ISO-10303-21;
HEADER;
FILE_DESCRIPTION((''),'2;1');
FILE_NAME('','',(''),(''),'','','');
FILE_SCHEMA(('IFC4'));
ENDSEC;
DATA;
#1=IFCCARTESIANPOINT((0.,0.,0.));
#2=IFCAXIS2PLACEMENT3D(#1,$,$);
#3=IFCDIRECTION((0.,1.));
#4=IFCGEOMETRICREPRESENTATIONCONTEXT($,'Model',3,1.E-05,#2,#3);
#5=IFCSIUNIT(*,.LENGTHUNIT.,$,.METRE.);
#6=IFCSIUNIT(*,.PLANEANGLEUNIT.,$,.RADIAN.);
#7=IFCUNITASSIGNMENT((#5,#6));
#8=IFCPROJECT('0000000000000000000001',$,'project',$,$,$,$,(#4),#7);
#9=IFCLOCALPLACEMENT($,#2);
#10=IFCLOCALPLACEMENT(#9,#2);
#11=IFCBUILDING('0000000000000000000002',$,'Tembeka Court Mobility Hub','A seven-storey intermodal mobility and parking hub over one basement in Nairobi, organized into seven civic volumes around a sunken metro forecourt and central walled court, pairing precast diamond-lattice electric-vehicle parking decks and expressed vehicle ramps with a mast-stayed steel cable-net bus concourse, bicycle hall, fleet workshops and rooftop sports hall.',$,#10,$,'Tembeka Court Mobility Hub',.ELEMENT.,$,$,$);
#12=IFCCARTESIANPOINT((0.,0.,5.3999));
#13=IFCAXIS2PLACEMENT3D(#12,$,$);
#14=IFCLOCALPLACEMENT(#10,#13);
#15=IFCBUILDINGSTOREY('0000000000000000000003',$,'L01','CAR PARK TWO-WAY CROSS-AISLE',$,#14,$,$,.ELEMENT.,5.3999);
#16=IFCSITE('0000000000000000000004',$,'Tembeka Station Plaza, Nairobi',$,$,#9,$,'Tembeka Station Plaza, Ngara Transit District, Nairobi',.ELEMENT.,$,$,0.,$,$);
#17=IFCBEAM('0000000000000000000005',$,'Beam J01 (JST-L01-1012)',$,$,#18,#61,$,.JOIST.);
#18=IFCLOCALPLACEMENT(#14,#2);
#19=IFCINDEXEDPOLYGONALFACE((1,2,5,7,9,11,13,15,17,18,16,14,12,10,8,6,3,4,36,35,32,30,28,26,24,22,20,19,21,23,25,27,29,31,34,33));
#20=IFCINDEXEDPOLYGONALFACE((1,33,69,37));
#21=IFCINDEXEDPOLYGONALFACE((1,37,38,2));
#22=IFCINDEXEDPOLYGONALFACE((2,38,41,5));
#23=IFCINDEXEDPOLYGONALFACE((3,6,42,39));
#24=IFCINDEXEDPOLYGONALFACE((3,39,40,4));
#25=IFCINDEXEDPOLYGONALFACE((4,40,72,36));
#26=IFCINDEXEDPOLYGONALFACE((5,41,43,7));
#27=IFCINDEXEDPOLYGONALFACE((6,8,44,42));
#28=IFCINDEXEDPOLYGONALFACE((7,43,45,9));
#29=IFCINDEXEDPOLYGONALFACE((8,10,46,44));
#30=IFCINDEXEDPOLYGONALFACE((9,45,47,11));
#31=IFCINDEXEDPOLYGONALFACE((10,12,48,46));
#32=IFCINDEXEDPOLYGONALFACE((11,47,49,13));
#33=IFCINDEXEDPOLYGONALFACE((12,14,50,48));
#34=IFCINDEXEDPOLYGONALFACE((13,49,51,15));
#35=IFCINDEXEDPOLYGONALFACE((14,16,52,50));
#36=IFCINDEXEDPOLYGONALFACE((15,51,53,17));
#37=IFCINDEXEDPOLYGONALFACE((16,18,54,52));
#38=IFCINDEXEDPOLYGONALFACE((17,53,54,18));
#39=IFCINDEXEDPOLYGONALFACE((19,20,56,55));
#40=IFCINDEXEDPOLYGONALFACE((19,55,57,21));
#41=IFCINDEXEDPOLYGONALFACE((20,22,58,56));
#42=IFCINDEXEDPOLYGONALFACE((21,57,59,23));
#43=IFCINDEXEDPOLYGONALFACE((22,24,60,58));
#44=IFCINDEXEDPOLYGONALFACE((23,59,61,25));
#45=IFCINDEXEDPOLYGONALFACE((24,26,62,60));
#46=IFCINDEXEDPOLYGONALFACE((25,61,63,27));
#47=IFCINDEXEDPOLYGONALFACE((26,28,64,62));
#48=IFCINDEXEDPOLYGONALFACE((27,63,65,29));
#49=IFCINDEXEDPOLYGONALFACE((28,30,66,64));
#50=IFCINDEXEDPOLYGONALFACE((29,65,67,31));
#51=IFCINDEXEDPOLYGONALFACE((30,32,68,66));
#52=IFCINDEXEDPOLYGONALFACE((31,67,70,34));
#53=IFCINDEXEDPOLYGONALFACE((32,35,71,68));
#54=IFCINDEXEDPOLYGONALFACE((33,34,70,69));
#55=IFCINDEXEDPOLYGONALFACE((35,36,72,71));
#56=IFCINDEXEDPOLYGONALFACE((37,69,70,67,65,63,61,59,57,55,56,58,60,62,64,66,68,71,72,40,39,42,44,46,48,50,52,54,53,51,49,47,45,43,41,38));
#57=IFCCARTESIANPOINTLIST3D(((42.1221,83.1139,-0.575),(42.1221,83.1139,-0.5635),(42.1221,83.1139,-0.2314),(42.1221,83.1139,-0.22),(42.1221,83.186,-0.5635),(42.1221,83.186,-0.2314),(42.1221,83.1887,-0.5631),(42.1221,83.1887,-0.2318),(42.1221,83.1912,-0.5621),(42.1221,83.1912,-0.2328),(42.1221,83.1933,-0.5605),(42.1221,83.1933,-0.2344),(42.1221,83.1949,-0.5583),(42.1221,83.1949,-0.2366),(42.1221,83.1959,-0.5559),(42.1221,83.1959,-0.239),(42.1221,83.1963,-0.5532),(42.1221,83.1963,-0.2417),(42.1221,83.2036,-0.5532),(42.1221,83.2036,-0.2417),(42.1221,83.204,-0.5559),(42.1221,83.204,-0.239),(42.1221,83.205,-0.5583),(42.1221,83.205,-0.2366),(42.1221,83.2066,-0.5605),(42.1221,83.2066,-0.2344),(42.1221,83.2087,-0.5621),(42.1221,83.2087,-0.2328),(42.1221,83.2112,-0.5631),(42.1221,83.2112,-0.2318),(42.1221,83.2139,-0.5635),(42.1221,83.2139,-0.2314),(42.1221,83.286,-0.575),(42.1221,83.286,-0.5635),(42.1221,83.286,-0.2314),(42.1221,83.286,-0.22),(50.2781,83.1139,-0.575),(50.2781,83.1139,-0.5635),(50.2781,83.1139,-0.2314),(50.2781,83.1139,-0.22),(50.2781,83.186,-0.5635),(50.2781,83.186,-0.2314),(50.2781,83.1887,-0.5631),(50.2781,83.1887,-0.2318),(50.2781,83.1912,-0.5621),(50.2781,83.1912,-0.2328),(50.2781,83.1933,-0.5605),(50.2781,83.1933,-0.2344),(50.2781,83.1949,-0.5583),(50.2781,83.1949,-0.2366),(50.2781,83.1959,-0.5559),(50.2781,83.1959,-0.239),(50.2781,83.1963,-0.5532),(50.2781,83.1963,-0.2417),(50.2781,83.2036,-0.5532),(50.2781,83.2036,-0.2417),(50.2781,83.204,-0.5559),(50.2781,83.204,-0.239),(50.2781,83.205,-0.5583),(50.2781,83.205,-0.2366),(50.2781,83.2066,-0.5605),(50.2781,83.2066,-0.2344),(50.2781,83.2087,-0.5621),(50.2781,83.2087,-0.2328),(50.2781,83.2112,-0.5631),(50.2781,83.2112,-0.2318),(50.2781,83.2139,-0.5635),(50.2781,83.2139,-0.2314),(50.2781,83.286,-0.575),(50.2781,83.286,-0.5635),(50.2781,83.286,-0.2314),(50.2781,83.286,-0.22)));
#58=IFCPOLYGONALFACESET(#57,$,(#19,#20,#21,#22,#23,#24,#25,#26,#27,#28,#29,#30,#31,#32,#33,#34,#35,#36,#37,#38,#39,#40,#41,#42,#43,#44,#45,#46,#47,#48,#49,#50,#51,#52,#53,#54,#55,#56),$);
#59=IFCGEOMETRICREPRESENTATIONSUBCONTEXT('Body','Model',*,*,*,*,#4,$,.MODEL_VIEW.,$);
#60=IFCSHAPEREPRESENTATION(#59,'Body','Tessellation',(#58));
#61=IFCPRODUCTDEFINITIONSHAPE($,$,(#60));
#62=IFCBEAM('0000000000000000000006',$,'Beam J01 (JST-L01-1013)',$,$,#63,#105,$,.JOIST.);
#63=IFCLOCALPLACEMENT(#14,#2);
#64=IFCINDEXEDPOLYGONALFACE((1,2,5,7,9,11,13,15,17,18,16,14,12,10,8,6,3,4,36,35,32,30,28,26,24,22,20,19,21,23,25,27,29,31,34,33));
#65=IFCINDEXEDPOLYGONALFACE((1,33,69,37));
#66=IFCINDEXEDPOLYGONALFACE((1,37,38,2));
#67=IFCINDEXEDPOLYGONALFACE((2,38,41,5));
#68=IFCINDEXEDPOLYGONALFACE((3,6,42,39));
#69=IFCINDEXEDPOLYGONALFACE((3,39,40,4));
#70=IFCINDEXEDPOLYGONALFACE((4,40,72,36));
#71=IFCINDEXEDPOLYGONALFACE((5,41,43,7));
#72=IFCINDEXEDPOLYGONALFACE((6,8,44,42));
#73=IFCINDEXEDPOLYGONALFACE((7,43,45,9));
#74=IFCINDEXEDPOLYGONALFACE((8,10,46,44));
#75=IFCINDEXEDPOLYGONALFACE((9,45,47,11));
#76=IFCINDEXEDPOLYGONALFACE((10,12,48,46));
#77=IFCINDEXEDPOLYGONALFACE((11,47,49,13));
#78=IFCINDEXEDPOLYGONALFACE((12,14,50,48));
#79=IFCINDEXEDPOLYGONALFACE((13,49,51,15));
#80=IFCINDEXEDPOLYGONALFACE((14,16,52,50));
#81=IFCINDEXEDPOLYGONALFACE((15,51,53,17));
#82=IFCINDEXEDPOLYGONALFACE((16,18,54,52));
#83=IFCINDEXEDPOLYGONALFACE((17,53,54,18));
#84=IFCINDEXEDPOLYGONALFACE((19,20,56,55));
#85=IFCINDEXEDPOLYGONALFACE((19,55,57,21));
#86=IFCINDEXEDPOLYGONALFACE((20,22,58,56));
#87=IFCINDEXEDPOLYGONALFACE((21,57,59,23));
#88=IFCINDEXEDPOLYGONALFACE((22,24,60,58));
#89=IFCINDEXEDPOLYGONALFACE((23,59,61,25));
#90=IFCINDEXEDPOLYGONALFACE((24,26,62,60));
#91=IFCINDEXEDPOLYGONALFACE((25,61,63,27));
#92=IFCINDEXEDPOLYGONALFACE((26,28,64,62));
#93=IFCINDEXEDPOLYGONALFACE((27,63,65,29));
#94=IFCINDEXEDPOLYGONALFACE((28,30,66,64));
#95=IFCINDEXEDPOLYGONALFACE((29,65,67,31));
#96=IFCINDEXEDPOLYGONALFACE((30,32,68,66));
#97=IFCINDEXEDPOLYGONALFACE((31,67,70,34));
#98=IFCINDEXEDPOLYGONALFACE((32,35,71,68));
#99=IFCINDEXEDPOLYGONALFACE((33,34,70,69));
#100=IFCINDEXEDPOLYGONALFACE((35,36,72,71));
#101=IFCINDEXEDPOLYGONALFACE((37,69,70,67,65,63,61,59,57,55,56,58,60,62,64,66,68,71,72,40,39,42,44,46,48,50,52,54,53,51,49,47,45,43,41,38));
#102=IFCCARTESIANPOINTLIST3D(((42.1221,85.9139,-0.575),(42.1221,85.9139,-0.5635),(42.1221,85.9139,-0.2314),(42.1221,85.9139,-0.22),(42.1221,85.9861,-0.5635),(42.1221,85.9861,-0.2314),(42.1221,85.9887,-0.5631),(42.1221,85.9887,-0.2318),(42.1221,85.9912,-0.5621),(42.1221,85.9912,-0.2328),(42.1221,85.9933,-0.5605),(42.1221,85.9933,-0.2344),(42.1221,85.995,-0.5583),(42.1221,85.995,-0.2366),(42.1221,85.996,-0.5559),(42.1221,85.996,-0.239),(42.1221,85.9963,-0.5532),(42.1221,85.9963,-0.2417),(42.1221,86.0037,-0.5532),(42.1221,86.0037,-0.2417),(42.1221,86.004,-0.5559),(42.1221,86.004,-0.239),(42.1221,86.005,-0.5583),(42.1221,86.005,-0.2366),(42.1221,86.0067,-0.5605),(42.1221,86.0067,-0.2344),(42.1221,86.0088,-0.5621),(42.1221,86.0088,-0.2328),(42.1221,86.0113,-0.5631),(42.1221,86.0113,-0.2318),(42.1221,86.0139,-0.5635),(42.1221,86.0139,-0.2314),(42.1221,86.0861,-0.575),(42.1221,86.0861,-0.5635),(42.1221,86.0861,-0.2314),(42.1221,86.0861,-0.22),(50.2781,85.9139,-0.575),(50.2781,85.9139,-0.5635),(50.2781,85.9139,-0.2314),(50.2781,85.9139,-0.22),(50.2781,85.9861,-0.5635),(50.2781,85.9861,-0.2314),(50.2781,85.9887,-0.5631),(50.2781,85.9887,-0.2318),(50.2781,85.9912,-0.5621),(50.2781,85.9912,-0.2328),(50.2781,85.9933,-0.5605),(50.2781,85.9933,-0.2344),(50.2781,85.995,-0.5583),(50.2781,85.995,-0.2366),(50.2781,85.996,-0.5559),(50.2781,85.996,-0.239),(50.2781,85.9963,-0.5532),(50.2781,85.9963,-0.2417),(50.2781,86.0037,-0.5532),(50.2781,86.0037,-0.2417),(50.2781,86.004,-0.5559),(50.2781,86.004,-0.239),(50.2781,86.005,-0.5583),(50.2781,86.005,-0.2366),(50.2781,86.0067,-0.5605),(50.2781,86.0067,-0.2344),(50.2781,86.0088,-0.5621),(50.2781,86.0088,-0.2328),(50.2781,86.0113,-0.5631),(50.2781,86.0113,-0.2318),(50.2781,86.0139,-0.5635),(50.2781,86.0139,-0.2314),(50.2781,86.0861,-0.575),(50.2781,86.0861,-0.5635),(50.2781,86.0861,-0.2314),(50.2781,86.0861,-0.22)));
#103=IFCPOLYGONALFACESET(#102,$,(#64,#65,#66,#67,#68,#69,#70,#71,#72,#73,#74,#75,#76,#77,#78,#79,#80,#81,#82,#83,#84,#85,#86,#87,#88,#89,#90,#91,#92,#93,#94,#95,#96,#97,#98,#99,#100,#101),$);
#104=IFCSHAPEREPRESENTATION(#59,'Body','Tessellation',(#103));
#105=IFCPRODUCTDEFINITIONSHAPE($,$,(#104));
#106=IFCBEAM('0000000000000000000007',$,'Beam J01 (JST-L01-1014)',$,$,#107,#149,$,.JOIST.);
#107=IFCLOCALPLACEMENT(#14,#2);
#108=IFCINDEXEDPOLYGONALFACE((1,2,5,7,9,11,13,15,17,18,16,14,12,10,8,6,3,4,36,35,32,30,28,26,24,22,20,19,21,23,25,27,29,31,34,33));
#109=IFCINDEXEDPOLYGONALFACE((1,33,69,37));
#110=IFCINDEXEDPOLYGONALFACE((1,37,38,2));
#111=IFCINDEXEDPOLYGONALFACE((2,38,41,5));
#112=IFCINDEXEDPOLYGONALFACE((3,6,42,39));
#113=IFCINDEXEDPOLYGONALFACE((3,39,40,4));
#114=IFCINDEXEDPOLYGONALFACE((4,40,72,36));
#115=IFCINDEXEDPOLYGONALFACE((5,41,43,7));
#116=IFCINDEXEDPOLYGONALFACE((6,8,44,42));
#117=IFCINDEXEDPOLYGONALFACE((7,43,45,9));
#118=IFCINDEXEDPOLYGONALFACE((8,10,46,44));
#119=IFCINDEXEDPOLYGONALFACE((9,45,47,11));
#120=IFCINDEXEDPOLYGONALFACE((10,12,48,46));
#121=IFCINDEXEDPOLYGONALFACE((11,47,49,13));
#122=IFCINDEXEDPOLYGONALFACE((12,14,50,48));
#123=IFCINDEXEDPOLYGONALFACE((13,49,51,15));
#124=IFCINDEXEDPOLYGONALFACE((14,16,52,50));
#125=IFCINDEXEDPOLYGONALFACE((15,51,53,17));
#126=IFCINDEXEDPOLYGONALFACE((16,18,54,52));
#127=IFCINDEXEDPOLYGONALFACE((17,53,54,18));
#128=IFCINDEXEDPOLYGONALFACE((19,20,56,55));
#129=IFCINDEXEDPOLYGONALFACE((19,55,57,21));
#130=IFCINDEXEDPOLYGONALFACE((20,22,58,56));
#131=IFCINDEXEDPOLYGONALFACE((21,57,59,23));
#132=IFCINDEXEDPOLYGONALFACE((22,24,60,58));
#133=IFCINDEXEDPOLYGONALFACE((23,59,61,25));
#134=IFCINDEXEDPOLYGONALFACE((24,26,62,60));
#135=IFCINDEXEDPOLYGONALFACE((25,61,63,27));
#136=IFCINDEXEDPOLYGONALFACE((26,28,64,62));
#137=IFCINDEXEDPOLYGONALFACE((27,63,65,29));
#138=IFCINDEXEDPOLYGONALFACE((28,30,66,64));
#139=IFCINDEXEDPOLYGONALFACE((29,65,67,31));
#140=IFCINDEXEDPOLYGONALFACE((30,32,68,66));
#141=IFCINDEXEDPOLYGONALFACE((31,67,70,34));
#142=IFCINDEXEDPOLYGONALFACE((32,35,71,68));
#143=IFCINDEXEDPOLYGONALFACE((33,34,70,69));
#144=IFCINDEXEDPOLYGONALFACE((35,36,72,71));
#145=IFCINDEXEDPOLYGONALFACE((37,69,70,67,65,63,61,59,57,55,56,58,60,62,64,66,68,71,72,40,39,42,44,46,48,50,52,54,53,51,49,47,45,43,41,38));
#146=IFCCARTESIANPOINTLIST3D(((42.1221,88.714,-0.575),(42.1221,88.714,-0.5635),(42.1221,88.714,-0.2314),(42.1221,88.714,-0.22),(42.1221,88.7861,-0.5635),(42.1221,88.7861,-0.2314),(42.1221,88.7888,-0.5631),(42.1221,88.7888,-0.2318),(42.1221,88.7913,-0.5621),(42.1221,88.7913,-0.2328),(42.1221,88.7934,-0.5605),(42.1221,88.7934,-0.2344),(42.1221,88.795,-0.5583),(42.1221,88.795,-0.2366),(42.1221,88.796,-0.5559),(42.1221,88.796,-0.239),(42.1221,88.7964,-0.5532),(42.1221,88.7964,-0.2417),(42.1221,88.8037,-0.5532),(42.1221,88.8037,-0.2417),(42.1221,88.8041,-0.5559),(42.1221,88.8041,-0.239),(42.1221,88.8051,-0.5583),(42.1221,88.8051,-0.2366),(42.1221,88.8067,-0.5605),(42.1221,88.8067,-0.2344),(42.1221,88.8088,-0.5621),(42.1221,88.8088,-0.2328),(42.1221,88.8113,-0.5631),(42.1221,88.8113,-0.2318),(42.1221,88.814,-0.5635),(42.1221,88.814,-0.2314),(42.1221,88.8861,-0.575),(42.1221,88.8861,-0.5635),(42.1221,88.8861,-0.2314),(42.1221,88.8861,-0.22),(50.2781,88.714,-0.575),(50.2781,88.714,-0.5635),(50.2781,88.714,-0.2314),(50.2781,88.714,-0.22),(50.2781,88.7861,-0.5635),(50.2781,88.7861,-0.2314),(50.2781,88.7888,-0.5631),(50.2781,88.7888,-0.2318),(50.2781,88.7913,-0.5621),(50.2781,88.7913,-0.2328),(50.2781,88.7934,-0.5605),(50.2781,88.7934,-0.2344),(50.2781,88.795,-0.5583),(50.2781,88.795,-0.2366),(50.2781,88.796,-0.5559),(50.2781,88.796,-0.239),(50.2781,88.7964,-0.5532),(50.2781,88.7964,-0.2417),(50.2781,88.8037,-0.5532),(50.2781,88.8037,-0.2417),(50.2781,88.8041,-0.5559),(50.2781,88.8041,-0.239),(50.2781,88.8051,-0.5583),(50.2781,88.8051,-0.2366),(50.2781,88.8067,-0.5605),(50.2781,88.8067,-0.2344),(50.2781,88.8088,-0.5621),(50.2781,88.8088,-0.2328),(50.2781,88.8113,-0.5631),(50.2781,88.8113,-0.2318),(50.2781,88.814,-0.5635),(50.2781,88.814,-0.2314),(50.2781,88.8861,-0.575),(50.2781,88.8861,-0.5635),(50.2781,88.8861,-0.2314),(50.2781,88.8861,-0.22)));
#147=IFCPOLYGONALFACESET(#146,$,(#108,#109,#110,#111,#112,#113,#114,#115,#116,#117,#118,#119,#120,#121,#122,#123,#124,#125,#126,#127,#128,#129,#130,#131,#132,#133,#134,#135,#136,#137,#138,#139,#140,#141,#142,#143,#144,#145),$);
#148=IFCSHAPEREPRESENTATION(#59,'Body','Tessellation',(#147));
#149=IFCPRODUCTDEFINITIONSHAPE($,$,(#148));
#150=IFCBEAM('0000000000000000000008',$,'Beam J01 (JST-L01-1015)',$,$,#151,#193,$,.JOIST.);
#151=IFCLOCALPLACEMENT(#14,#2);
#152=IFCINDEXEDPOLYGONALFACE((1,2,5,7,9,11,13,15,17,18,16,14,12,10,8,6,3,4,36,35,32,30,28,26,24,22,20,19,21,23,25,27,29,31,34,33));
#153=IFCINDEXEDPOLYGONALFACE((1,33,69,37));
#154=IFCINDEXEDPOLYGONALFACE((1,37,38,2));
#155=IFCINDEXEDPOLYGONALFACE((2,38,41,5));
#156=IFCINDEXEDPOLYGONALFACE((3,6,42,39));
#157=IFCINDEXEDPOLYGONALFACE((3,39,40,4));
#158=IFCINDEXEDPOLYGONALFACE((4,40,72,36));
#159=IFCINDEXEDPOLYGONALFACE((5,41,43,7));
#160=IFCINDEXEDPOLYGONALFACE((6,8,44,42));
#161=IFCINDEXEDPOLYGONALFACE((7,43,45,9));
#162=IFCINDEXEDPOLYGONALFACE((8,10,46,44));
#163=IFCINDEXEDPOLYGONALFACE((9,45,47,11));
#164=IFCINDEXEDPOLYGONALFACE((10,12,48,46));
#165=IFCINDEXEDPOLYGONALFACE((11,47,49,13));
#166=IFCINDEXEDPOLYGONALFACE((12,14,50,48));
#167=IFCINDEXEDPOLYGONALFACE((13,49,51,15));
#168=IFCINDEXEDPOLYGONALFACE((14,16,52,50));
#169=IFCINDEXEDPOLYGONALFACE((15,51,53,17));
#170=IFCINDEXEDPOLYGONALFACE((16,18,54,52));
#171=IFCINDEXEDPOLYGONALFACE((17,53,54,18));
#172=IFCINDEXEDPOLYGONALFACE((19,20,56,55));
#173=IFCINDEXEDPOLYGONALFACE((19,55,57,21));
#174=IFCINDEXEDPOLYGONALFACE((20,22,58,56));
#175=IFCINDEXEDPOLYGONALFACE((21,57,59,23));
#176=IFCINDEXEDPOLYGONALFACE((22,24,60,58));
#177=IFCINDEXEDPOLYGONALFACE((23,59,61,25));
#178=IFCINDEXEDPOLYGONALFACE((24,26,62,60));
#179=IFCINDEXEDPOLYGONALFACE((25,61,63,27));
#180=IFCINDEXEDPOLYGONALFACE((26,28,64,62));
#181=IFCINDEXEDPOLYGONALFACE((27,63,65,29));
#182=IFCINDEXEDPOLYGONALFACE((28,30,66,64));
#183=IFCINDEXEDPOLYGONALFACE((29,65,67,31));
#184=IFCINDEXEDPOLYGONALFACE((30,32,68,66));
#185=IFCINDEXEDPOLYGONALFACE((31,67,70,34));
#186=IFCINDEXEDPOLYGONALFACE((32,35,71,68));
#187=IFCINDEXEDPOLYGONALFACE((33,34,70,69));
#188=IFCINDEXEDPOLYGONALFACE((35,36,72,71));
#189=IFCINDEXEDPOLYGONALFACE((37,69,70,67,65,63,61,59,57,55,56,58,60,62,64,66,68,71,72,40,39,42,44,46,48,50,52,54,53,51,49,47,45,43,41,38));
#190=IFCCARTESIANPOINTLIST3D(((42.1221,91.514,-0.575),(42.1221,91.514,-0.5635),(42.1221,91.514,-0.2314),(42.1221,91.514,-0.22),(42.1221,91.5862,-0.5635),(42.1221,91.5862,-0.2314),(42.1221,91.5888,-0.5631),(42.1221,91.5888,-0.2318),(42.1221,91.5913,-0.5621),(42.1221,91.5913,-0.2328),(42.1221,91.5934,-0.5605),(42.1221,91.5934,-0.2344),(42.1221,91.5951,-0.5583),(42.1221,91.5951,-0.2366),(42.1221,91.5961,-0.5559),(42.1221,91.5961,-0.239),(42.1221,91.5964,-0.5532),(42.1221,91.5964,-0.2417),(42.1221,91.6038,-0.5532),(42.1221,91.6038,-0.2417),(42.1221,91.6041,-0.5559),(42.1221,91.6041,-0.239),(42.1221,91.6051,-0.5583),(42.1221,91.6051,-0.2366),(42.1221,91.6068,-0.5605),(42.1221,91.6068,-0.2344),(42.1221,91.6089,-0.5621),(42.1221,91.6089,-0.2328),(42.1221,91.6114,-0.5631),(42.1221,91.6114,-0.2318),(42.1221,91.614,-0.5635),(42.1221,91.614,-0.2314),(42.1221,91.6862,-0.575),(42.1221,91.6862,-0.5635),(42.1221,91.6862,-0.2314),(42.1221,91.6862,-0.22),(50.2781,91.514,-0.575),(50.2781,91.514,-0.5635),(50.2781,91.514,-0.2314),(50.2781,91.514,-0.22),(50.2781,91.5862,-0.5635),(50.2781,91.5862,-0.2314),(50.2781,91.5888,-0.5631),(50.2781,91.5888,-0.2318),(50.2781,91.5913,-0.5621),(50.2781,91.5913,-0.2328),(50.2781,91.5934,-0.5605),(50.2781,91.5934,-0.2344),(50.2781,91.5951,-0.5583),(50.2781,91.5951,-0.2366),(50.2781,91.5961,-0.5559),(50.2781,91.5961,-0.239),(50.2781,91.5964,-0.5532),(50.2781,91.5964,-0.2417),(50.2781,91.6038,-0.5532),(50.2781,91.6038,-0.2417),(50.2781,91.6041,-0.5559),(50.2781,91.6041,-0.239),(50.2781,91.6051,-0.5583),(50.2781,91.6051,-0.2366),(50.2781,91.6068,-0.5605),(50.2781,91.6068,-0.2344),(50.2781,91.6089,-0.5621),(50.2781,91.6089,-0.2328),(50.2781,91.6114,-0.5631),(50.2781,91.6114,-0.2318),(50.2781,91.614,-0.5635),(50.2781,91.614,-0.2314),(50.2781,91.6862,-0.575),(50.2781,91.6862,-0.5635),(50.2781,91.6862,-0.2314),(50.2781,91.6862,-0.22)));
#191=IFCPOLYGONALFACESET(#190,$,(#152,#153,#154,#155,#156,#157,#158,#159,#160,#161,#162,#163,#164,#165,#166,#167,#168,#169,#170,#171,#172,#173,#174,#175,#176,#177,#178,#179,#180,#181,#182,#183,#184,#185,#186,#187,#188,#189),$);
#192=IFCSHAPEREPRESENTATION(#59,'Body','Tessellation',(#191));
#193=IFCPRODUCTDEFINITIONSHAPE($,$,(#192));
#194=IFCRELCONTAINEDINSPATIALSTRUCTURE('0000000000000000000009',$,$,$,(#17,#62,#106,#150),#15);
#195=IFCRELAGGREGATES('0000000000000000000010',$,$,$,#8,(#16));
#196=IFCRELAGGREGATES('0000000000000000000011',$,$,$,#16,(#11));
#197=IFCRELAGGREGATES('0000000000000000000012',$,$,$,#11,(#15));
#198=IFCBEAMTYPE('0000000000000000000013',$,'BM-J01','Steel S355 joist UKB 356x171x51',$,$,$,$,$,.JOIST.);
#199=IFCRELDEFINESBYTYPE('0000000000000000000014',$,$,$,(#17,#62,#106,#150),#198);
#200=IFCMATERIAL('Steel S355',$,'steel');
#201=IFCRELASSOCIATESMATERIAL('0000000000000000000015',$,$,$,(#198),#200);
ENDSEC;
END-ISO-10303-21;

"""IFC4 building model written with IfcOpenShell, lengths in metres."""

from ifc_helpers import new_model, si_unit, direction, frame, origin, origin_2d, place, context, subcontext, project, spatial, i_section, extrude, material, material_profile, profile_set, type_object, element, save


model = new_model("IFC4")

# Units and contexts
model_context = context("Model", 3, precision=1e-05, world=origin(), true_north=direction((0.0, 1.0)))
body_context = subcontext(model_context, "Body", "Model", "MODEL_VIEW")
ifc_project = project(units=[si_unit("LENGTHUNIT", "METRE"), si_unit("PLANEANGLEUNIT", "RADIAN")], contexts=[model_context])

# Site, building, storey
site_placement = place(None, origin())
site = spatial("IfcSite", under=ifc_project, at=site_placement, Name="Tembeka Station Plaza, Nairobi", LongName="Tembeka Station Plaza, Ngara Transit District, Nairobi", CompositionType="ELEMENT", RefElevation=0.0)
building_placement = place(site_placement, origin())
building = spatial("IfcBuilding", under=site, at=building_placement, Name="Tembeka Court Mobility Hub", Description="A seven-storey intermodal mobility and parking hub over one basement in Nairobi, organized into seven civic volumes around a sunken metro forecourt and central walled court, pairing precast diamond-lattice electric-vehicle parking decks and expressed vehicle ramps with a mast-stayed steel cable-net bus concourse, bicycle hall, fleet workshops and rooftop sports hall.", LongName="Tembeka Court Mobility Hub", CompositionType="ELEMENT")
storey_placement = place(building_placement, frame((0.0, 0.0, 5.3999)))
storey = spatial("IfcBuildingStorey", under=building, at=storey_placement, Name="L01", Description="CAR PARK TWO-WAY CROSS-AISLE", CompositionType="ELEMENT", Elevation=5.3999)

# Shared definitions
ifc_material = material(Name="Steel S355", Category="steel")

# Beams
ifc_material_profile_1 = material_profile(ifc_material, i_section(OverallWidth=0.1721, OverallDepth=0.355, WebThickness=0.0073, FlangeThickness=0.0115, FilletRadius=0.0103, at=origin_2d()), Name="UKB 356x171x51")
ifc_profile_set_1 = profile_set([ifc_material_profile_1], Name="Steel S355")
beam_type_1 = type_object("IfcBeamType", Name="BM-J01", Description="Steel S355 joist UKB 356x171x51", PredefinedType="JOIST", material=ifc_profile_set_1)
for number, where, z_axis, x_axis, name in (
    (1, (42.1221, 83.2, -0.3975), (1.0, 0.0, 0.0), (0.0, 1.0, 0.0), "Beam J01 (JST-L01-1012)"),
    (2, (42.1221, 86.0, -0.3975), (1.0, 0.0, 0.0), (0.0, 1.0, 0.0), "Beam J01 (JST-L01-1013)"),
    (3, (42.1221, 88.8, -0.3975), (1.0, 0.0, 0.0), (0.0, 1.0, 0.0), "Beam J01 (JST-L01-1014)"),
    (4, (42.1221, 91.6001, -0.3975), (1.0, 0.0, 0.0), (0.0, 1.0, 0.0), "Beam J01 (JST-L01-1015)"),
):
    element("IfcBeam", number, at=place(storey_placement, frame(where, z_axis=z_axis, x_axis=x_axis)), inside=storey, type_object=beam_type_1, Name=name, PredefinedType="JOIST", context=body_context, shape_type="SweptSolid", body=[
        extrude(i_section(OverallWidth=0.1721, OverallDepth=0.355, WebThickness=0.0073, FlangeThickness=0.0115, FilletRadius=0.0103, at=origin_2d()), origin(), (0.0, 0.0, 1.0), 8.156),
    ])

save(model, "model.ifc")
